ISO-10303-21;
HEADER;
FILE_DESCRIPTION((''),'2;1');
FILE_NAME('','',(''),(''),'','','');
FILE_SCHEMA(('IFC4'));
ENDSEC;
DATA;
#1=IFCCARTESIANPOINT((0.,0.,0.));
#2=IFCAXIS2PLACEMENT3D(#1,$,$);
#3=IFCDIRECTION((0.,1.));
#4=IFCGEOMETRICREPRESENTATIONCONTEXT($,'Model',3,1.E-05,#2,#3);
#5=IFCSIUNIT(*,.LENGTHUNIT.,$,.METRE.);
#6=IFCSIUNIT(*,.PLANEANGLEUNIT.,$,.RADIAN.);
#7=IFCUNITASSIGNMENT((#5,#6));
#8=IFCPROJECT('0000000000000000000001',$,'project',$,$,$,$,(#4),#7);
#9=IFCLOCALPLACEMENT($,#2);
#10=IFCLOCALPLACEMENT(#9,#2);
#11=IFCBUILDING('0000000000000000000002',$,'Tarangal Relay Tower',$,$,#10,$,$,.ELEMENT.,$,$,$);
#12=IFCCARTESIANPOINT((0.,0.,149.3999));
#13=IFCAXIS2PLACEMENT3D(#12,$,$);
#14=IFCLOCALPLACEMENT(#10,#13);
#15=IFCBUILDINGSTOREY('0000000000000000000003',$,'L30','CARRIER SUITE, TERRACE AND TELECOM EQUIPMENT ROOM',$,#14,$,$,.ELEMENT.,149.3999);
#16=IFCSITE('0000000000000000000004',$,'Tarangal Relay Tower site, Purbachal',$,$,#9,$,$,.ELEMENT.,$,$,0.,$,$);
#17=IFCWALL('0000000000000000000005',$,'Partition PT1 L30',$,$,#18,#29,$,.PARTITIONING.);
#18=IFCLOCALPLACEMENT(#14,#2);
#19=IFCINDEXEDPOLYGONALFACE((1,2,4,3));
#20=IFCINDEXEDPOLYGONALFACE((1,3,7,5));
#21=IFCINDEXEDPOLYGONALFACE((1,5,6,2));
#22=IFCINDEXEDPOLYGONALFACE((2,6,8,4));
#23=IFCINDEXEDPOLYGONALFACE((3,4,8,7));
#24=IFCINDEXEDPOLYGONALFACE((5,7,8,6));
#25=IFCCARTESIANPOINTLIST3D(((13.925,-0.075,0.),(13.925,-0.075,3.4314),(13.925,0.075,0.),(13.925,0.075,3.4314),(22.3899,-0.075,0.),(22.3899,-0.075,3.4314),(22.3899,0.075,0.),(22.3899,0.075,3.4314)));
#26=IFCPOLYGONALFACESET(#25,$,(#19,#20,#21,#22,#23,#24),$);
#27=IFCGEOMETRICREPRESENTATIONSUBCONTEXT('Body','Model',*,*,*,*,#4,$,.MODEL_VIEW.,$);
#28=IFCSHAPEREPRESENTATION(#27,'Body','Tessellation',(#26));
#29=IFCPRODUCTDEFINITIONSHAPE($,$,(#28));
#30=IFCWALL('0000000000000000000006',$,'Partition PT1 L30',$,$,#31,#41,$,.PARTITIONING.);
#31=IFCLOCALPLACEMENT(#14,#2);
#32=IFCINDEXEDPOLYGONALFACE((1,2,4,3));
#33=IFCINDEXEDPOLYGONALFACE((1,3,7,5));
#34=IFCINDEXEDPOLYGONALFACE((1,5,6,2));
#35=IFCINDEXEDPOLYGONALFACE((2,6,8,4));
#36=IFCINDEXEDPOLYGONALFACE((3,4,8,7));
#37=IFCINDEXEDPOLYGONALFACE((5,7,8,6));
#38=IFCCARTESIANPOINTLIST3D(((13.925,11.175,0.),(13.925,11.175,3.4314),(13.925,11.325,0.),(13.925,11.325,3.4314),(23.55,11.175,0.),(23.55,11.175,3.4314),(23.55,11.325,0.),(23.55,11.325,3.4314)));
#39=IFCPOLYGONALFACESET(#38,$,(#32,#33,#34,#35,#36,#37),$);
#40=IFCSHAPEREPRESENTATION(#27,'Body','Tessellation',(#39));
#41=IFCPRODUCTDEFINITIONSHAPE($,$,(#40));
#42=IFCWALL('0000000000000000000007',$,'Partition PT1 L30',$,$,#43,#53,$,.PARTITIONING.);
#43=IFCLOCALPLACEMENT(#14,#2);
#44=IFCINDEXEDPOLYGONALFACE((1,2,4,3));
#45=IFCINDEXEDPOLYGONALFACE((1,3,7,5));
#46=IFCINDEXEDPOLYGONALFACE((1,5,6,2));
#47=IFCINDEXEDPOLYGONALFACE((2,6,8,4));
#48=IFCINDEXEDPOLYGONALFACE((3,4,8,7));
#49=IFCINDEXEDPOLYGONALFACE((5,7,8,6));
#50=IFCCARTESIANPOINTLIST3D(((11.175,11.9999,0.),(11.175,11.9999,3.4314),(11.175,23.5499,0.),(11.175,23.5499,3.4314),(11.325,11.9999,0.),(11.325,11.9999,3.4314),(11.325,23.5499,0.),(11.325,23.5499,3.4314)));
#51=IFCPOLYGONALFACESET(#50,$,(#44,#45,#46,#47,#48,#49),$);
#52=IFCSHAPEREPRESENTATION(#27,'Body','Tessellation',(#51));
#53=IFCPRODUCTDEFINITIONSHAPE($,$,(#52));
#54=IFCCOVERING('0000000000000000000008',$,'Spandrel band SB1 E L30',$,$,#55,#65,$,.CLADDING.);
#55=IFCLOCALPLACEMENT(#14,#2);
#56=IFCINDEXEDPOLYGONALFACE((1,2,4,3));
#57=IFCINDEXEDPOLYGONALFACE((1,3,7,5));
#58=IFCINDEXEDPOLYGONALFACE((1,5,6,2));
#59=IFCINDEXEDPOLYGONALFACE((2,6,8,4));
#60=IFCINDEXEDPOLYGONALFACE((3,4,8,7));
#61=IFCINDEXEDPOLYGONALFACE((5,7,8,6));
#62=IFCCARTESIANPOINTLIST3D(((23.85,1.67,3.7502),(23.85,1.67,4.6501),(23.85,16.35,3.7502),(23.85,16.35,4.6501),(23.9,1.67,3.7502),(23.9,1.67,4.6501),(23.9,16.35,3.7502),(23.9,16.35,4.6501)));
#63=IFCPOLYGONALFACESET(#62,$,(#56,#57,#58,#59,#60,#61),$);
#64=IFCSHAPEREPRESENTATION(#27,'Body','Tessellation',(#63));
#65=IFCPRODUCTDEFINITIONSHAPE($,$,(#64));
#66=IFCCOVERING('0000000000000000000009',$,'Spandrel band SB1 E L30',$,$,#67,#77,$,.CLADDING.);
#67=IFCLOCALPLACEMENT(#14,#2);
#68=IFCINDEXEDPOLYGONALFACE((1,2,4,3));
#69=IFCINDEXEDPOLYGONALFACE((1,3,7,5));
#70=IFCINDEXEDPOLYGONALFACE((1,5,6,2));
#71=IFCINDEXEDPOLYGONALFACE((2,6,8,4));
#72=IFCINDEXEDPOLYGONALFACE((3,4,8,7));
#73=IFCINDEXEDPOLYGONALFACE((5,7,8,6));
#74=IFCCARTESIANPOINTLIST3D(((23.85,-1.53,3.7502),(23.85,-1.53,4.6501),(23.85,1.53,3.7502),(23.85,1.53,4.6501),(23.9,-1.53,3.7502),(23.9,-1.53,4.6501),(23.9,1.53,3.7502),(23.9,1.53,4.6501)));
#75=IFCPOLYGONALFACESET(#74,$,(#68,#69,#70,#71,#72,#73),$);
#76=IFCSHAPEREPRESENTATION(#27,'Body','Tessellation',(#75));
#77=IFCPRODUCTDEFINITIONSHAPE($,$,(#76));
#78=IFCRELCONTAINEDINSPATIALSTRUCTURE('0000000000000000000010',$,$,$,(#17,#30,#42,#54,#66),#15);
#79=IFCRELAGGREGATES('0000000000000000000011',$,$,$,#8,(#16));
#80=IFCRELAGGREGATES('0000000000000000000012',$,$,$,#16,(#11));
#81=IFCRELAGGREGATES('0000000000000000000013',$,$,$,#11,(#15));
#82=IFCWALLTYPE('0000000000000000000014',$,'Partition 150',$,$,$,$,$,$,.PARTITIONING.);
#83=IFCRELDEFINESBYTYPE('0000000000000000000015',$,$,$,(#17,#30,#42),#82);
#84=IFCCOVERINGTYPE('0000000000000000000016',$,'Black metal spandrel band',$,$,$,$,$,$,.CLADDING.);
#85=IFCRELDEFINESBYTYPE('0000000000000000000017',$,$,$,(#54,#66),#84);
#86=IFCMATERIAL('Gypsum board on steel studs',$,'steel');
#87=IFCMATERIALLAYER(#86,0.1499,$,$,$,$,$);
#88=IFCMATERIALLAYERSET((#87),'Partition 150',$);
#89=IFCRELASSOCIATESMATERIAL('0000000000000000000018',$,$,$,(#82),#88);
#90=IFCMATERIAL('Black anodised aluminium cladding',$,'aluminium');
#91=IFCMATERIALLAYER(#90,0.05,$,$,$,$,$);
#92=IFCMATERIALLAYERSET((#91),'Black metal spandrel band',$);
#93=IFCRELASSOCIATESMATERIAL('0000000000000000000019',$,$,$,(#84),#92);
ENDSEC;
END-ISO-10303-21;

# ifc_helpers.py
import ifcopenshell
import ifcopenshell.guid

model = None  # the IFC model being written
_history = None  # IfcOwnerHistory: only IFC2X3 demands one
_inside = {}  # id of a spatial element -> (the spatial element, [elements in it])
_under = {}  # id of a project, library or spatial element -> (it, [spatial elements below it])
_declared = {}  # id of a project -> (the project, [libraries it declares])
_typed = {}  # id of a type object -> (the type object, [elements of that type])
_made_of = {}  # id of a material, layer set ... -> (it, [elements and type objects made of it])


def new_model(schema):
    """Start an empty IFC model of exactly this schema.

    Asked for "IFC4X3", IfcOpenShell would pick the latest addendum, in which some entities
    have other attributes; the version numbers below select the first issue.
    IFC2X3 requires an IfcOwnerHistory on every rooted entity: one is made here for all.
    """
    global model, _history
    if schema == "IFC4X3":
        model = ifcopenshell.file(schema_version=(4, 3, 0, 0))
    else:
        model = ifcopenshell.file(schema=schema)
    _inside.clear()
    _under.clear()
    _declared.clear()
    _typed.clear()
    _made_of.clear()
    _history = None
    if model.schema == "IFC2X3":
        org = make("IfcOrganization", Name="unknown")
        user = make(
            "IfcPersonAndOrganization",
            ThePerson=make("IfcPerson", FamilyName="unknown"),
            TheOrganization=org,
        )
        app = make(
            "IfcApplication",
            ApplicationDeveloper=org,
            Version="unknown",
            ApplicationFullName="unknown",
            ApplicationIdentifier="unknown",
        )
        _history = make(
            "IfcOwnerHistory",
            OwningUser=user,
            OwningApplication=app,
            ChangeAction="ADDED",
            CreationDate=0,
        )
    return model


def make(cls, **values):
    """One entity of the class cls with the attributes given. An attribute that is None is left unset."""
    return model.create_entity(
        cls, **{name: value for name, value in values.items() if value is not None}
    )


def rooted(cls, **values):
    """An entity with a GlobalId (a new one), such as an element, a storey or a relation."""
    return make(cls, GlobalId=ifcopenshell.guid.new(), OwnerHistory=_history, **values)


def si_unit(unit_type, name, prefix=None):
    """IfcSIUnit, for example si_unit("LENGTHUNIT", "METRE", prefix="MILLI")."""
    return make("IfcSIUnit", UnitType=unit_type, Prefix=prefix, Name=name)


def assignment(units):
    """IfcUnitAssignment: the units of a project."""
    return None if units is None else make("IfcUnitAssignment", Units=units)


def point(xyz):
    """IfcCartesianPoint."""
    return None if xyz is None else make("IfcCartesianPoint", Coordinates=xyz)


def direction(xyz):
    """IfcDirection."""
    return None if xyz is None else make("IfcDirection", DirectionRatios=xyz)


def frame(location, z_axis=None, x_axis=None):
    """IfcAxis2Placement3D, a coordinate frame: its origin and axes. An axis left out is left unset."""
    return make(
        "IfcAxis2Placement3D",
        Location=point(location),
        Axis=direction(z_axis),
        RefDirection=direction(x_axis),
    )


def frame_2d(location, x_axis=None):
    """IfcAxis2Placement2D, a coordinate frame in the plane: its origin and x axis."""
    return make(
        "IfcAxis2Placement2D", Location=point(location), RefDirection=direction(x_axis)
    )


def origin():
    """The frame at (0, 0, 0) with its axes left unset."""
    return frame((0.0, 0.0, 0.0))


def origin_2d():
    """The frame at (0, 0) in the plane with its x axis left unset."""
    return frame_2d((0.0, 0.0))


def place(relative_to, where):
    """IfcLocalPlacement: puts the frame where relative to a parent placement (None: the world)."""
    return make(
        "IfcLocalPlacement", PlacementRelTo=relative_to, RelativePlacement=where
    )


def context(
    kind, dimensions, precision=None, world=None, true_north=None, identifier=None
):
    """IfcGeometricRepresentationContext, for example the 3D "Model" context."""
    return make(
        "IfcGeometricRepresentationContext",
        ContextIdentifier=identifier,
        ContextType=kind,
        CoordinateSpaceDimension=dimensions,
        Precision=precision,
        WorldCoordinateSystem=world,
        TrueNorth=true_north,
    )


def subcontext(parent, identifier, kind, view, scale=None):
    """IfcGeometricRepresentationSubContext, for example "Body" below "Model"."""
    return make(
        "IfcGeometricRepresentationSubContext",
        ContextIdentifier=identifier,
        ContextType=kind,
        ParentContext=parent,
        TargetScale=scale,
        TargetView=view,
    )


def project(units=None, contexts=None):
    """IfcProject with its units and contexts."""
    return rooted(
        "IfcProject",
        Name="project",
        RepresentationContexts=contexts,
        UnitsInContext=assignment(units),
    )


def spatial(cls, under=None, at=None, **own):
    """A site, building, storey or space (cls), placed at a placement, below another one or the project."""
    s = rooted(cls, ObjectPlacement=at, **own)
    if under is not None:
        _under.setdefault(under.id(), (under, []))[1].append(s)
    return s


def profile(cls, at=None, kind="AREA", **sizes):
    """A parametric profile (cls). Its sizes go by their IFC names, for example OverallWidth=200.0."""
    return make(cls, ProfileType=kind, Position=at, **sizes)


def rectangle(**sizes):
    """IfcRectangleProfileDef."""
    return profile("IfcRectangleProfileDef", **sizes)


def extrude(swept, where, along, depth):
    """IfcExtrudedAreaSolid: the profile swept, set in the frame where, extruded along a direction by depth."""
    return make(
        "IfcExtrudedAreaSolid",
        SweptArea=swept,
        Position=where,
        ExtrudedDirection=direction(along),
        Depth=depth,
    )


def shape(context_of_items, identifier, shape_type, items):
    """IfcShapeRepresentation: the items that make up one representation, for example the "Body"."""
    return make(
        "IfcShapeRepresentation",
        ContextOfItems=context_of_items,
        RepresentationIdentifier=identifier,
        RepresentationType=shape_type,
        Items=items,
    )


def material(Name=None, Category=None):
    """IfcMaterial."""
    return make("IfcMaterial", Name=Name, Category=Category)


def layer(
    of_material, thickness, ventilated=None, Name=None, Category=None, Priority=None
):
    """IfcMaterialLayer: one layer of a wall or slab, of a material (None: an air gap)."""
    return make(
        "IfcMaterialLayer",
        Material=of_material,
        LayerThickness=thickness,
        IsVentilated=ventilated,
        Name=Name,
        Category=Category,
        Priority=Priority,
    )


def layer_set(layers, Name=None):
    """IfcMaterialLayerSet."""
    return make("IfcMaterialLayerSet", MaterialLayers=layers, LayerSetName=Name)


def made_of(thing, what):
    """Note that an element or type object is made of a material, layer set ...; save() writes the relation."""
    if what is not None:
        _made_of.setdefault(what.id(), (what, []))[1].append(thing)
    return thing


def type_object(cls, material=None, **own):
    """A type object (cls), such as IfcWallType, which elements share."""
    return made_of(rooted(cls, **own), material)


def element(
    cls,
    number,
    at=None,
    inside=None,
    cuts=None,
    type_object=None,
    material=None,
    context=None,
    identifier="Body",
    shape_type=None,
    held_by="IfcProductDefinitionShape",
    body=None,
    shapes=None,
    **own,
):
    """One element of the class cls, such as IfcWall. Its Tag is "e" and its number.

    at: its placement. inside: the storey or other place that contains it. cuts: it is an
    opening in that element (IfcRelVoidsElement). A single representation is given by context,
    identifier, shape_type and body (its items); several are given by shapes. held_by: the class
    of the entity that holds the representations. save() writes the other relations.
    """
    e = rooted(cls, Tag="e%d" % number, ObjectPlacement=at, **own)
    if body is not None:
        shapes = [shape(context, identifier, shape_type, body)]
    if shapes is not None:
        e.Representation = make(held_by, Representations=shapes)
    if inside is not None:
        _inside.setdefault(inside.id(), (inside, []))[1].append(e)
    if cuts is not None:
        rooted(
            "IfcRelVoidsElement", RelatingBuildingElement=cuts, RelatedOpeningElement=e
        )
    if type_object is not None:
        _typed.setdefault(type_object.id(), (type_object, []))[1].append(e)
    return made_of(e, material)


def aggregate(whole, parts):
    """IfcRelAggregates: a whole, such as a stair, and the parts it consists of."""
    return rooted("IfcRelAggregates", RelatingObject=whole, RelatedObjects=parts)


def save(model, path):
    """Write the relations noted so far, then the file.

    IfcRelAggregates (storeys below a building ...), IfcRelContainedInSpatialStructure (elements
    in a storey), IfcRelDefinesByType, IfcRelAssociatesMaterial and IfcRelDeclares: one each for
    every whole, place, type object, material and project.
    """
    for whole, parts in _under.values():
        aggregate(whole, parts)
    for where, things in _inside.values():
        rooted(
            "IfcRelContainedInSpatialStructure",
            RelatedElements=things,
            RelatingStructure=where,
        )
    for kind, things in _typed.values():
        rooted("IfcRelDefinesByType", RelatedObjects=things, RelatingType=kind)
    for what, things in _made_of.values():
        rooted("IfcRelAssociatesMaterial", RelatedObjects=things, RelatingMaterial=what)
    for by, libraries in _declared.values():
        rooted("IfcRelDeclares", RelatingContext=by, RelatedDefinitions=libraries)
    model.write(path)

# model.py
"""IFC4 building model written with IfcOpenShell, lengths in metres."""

from ifc_helpers import new_model, si_unit, direction, frame, frame_2d, origin, origin_2d, place, context, subcontext, project, spatial, rectangle, extrude, material, layer, layer_set, type_object, element, save


model = new_model("IFC4")

# Units and contexts
model_context = context("Model", 3, precision=1e-05, world=origin(), true_north=direction((0.0, 1.0)))
body_context = subcontext(model_context, "Body", "Model", "MODEL_VIEW")
ifc_project = project(units=[si_unit("LENGTHUNIT", "METRE"), si_unit("PLANEANGLEUNIT", "RADIAN")], contexts=[model_context])

# Site, building, storey
site_placement = place(None, origin())
site = spatial("IfcSite", under=ifc_project, at=site_placement, Name="Tarangal Relay Tower site, Purbachal", CompositionType="ELEMENT", RefElevation=0.0)
building_placement = place(site_placement, origin())
building = spatial("IfcBuilding", under=site, at=building_placement, Name="Tarangal Relay Tower", CompositionType="ELEMENT")
storey_placement = place(building_placement, frame((0.0, 0.0, 149.3999)))
storey = spatial("IfcBuildingStorey", under=building, at=storey_placement, Name="L30", Description="CARRIER SUITE, TERRACE AND TELECOM EQUIPMENT ROOM", CompositionType="ELEMENT", Elevation=149.3999)

# Walls
ifc_material_1 = material(Name="Gypsum board on steel studs", Category="steel")
ifc_layer_1 = layer(ifc_material_1, 0.1499)
ifc_layer_set_1 = layer_set([ifc_layer_1], Name="Partition 150")
wall_type_1 = type_object("IfcWallType", Name="Partition 150", PredefinedType="PARTITIONING", material=ifc_layer_set_1)
wall_1_placement = place(storey_placement, frame((13.925, 0.0, 0.0), z_axis=(0.0, 0.0, 1.0), x_axis=(1.0, 0.0, 0.0)))
element("IfcWall", 1, at=wall_1_placement, inside=storey, type_object=wall_type_1, Name="Partition PT1 L30", PredefinedType="PARTITIONING", context=body_context, shape_type="SweptSolid", body=[
    extrude(rectangle(XDim=8.4648, YDim=0.1499, at=frame_2d((4.2324, 0.0))), origin(), (0.0, 0.0, 1.0), 3.4314),
])
wall_2_placement = place(storey_placement, frame((13.925, 11.25, 0.0), z_axis=(0.0, 0.0, 1.0), x_axis=(1.0, 0.0, 0.0)))
element("IfcWall", 2, at=wall_2_placement, inside=storey, type_object=wall_type_1, Name="Partition PT1 L30", PredefinedType="PARTITIONING", context=body_context, shape_type="SweptSolid", body=[
    extrude(rectangle(XDim=9.625, YDim=0.1499, at=frame_2d((4.8125, 0.0))), origin(), (0.0, 0.0, 1.0), 3.4314),
])
wall_3_placement = place(storey_placement, frame((11.25, 12.0, 0.0), z_axis=(0.0, 0.0, 1.0), x_axis=(0.0, 1.0, 0.0)))
element("IfcWall", 3, at=wall_3_placement, inside=storey, type_object=wall_type_1, Name="Partition PT1 L30", PredefinedType="PARTITIONING", context=body_context, shape_type="SweptSolid", body=[
    extrude(rectangle(XDim=11.55, YDim=0.1499, at=frame_2d((5.7749, 0.0))), origin(), (0.0, 0.0, 1.0), 3.4314),
])

# Coverings
ifc_material_2 = material(Name="Black anodised aluminium cladding", Category="aluminium")
ifc_layer_2 = layer(ifc_material_2, 0.05)
ifc_layer_set_2 = layer_set([ifc_layer_2], Name="Black metal spandrel band")
covering_type = type_object("IfcCoveringType", Name="Black metal spandrel band", PredefinedType="CLADDING", material=ifc_layer_set_2)
covering_1_placement = place(storey_placement, frame((23.875, 9.01, 3.7502), z_axis=(0.0, 0.0, 1.0), x_axis=(0.0, -1.0, 0.0)))
element("IfcCovering", 4, at=covering_1_placement, inside=storey, type_object=covering_type, Name="Spandrel band SB1 E L30", PredefinedType="CLADDING", context=body_context, shape_type="SweptSolid", body=[
    extrude(rectangle(XDim=14.6799, YDim=0.05, at=origin_2d()), origin(), (0.0, 0.0, 1.0), 0.8999),
])
covering_2_placement = place(storey_placement, frame((23.875, 0.0, 3.7502), z_axis=(0.0, 0.0, 1.0), x_axis=(0.0, -1.0, 0.0)))
element("IfcCovering", 5, at=covering_2_placement, inside=storey, type_object=covering_type, Name="Spandrel band SB1 E L30", PredefinedType="CLADDING", context=body_context, shape_type="SweptSolid", body=[
    extrude(rectangle(XDim=3.0601, YDim=0.05, at=origin_2d()), origin(), (0.0, 0.0, 1.0), 0.8999),
])

save(model, "model.ifc")
